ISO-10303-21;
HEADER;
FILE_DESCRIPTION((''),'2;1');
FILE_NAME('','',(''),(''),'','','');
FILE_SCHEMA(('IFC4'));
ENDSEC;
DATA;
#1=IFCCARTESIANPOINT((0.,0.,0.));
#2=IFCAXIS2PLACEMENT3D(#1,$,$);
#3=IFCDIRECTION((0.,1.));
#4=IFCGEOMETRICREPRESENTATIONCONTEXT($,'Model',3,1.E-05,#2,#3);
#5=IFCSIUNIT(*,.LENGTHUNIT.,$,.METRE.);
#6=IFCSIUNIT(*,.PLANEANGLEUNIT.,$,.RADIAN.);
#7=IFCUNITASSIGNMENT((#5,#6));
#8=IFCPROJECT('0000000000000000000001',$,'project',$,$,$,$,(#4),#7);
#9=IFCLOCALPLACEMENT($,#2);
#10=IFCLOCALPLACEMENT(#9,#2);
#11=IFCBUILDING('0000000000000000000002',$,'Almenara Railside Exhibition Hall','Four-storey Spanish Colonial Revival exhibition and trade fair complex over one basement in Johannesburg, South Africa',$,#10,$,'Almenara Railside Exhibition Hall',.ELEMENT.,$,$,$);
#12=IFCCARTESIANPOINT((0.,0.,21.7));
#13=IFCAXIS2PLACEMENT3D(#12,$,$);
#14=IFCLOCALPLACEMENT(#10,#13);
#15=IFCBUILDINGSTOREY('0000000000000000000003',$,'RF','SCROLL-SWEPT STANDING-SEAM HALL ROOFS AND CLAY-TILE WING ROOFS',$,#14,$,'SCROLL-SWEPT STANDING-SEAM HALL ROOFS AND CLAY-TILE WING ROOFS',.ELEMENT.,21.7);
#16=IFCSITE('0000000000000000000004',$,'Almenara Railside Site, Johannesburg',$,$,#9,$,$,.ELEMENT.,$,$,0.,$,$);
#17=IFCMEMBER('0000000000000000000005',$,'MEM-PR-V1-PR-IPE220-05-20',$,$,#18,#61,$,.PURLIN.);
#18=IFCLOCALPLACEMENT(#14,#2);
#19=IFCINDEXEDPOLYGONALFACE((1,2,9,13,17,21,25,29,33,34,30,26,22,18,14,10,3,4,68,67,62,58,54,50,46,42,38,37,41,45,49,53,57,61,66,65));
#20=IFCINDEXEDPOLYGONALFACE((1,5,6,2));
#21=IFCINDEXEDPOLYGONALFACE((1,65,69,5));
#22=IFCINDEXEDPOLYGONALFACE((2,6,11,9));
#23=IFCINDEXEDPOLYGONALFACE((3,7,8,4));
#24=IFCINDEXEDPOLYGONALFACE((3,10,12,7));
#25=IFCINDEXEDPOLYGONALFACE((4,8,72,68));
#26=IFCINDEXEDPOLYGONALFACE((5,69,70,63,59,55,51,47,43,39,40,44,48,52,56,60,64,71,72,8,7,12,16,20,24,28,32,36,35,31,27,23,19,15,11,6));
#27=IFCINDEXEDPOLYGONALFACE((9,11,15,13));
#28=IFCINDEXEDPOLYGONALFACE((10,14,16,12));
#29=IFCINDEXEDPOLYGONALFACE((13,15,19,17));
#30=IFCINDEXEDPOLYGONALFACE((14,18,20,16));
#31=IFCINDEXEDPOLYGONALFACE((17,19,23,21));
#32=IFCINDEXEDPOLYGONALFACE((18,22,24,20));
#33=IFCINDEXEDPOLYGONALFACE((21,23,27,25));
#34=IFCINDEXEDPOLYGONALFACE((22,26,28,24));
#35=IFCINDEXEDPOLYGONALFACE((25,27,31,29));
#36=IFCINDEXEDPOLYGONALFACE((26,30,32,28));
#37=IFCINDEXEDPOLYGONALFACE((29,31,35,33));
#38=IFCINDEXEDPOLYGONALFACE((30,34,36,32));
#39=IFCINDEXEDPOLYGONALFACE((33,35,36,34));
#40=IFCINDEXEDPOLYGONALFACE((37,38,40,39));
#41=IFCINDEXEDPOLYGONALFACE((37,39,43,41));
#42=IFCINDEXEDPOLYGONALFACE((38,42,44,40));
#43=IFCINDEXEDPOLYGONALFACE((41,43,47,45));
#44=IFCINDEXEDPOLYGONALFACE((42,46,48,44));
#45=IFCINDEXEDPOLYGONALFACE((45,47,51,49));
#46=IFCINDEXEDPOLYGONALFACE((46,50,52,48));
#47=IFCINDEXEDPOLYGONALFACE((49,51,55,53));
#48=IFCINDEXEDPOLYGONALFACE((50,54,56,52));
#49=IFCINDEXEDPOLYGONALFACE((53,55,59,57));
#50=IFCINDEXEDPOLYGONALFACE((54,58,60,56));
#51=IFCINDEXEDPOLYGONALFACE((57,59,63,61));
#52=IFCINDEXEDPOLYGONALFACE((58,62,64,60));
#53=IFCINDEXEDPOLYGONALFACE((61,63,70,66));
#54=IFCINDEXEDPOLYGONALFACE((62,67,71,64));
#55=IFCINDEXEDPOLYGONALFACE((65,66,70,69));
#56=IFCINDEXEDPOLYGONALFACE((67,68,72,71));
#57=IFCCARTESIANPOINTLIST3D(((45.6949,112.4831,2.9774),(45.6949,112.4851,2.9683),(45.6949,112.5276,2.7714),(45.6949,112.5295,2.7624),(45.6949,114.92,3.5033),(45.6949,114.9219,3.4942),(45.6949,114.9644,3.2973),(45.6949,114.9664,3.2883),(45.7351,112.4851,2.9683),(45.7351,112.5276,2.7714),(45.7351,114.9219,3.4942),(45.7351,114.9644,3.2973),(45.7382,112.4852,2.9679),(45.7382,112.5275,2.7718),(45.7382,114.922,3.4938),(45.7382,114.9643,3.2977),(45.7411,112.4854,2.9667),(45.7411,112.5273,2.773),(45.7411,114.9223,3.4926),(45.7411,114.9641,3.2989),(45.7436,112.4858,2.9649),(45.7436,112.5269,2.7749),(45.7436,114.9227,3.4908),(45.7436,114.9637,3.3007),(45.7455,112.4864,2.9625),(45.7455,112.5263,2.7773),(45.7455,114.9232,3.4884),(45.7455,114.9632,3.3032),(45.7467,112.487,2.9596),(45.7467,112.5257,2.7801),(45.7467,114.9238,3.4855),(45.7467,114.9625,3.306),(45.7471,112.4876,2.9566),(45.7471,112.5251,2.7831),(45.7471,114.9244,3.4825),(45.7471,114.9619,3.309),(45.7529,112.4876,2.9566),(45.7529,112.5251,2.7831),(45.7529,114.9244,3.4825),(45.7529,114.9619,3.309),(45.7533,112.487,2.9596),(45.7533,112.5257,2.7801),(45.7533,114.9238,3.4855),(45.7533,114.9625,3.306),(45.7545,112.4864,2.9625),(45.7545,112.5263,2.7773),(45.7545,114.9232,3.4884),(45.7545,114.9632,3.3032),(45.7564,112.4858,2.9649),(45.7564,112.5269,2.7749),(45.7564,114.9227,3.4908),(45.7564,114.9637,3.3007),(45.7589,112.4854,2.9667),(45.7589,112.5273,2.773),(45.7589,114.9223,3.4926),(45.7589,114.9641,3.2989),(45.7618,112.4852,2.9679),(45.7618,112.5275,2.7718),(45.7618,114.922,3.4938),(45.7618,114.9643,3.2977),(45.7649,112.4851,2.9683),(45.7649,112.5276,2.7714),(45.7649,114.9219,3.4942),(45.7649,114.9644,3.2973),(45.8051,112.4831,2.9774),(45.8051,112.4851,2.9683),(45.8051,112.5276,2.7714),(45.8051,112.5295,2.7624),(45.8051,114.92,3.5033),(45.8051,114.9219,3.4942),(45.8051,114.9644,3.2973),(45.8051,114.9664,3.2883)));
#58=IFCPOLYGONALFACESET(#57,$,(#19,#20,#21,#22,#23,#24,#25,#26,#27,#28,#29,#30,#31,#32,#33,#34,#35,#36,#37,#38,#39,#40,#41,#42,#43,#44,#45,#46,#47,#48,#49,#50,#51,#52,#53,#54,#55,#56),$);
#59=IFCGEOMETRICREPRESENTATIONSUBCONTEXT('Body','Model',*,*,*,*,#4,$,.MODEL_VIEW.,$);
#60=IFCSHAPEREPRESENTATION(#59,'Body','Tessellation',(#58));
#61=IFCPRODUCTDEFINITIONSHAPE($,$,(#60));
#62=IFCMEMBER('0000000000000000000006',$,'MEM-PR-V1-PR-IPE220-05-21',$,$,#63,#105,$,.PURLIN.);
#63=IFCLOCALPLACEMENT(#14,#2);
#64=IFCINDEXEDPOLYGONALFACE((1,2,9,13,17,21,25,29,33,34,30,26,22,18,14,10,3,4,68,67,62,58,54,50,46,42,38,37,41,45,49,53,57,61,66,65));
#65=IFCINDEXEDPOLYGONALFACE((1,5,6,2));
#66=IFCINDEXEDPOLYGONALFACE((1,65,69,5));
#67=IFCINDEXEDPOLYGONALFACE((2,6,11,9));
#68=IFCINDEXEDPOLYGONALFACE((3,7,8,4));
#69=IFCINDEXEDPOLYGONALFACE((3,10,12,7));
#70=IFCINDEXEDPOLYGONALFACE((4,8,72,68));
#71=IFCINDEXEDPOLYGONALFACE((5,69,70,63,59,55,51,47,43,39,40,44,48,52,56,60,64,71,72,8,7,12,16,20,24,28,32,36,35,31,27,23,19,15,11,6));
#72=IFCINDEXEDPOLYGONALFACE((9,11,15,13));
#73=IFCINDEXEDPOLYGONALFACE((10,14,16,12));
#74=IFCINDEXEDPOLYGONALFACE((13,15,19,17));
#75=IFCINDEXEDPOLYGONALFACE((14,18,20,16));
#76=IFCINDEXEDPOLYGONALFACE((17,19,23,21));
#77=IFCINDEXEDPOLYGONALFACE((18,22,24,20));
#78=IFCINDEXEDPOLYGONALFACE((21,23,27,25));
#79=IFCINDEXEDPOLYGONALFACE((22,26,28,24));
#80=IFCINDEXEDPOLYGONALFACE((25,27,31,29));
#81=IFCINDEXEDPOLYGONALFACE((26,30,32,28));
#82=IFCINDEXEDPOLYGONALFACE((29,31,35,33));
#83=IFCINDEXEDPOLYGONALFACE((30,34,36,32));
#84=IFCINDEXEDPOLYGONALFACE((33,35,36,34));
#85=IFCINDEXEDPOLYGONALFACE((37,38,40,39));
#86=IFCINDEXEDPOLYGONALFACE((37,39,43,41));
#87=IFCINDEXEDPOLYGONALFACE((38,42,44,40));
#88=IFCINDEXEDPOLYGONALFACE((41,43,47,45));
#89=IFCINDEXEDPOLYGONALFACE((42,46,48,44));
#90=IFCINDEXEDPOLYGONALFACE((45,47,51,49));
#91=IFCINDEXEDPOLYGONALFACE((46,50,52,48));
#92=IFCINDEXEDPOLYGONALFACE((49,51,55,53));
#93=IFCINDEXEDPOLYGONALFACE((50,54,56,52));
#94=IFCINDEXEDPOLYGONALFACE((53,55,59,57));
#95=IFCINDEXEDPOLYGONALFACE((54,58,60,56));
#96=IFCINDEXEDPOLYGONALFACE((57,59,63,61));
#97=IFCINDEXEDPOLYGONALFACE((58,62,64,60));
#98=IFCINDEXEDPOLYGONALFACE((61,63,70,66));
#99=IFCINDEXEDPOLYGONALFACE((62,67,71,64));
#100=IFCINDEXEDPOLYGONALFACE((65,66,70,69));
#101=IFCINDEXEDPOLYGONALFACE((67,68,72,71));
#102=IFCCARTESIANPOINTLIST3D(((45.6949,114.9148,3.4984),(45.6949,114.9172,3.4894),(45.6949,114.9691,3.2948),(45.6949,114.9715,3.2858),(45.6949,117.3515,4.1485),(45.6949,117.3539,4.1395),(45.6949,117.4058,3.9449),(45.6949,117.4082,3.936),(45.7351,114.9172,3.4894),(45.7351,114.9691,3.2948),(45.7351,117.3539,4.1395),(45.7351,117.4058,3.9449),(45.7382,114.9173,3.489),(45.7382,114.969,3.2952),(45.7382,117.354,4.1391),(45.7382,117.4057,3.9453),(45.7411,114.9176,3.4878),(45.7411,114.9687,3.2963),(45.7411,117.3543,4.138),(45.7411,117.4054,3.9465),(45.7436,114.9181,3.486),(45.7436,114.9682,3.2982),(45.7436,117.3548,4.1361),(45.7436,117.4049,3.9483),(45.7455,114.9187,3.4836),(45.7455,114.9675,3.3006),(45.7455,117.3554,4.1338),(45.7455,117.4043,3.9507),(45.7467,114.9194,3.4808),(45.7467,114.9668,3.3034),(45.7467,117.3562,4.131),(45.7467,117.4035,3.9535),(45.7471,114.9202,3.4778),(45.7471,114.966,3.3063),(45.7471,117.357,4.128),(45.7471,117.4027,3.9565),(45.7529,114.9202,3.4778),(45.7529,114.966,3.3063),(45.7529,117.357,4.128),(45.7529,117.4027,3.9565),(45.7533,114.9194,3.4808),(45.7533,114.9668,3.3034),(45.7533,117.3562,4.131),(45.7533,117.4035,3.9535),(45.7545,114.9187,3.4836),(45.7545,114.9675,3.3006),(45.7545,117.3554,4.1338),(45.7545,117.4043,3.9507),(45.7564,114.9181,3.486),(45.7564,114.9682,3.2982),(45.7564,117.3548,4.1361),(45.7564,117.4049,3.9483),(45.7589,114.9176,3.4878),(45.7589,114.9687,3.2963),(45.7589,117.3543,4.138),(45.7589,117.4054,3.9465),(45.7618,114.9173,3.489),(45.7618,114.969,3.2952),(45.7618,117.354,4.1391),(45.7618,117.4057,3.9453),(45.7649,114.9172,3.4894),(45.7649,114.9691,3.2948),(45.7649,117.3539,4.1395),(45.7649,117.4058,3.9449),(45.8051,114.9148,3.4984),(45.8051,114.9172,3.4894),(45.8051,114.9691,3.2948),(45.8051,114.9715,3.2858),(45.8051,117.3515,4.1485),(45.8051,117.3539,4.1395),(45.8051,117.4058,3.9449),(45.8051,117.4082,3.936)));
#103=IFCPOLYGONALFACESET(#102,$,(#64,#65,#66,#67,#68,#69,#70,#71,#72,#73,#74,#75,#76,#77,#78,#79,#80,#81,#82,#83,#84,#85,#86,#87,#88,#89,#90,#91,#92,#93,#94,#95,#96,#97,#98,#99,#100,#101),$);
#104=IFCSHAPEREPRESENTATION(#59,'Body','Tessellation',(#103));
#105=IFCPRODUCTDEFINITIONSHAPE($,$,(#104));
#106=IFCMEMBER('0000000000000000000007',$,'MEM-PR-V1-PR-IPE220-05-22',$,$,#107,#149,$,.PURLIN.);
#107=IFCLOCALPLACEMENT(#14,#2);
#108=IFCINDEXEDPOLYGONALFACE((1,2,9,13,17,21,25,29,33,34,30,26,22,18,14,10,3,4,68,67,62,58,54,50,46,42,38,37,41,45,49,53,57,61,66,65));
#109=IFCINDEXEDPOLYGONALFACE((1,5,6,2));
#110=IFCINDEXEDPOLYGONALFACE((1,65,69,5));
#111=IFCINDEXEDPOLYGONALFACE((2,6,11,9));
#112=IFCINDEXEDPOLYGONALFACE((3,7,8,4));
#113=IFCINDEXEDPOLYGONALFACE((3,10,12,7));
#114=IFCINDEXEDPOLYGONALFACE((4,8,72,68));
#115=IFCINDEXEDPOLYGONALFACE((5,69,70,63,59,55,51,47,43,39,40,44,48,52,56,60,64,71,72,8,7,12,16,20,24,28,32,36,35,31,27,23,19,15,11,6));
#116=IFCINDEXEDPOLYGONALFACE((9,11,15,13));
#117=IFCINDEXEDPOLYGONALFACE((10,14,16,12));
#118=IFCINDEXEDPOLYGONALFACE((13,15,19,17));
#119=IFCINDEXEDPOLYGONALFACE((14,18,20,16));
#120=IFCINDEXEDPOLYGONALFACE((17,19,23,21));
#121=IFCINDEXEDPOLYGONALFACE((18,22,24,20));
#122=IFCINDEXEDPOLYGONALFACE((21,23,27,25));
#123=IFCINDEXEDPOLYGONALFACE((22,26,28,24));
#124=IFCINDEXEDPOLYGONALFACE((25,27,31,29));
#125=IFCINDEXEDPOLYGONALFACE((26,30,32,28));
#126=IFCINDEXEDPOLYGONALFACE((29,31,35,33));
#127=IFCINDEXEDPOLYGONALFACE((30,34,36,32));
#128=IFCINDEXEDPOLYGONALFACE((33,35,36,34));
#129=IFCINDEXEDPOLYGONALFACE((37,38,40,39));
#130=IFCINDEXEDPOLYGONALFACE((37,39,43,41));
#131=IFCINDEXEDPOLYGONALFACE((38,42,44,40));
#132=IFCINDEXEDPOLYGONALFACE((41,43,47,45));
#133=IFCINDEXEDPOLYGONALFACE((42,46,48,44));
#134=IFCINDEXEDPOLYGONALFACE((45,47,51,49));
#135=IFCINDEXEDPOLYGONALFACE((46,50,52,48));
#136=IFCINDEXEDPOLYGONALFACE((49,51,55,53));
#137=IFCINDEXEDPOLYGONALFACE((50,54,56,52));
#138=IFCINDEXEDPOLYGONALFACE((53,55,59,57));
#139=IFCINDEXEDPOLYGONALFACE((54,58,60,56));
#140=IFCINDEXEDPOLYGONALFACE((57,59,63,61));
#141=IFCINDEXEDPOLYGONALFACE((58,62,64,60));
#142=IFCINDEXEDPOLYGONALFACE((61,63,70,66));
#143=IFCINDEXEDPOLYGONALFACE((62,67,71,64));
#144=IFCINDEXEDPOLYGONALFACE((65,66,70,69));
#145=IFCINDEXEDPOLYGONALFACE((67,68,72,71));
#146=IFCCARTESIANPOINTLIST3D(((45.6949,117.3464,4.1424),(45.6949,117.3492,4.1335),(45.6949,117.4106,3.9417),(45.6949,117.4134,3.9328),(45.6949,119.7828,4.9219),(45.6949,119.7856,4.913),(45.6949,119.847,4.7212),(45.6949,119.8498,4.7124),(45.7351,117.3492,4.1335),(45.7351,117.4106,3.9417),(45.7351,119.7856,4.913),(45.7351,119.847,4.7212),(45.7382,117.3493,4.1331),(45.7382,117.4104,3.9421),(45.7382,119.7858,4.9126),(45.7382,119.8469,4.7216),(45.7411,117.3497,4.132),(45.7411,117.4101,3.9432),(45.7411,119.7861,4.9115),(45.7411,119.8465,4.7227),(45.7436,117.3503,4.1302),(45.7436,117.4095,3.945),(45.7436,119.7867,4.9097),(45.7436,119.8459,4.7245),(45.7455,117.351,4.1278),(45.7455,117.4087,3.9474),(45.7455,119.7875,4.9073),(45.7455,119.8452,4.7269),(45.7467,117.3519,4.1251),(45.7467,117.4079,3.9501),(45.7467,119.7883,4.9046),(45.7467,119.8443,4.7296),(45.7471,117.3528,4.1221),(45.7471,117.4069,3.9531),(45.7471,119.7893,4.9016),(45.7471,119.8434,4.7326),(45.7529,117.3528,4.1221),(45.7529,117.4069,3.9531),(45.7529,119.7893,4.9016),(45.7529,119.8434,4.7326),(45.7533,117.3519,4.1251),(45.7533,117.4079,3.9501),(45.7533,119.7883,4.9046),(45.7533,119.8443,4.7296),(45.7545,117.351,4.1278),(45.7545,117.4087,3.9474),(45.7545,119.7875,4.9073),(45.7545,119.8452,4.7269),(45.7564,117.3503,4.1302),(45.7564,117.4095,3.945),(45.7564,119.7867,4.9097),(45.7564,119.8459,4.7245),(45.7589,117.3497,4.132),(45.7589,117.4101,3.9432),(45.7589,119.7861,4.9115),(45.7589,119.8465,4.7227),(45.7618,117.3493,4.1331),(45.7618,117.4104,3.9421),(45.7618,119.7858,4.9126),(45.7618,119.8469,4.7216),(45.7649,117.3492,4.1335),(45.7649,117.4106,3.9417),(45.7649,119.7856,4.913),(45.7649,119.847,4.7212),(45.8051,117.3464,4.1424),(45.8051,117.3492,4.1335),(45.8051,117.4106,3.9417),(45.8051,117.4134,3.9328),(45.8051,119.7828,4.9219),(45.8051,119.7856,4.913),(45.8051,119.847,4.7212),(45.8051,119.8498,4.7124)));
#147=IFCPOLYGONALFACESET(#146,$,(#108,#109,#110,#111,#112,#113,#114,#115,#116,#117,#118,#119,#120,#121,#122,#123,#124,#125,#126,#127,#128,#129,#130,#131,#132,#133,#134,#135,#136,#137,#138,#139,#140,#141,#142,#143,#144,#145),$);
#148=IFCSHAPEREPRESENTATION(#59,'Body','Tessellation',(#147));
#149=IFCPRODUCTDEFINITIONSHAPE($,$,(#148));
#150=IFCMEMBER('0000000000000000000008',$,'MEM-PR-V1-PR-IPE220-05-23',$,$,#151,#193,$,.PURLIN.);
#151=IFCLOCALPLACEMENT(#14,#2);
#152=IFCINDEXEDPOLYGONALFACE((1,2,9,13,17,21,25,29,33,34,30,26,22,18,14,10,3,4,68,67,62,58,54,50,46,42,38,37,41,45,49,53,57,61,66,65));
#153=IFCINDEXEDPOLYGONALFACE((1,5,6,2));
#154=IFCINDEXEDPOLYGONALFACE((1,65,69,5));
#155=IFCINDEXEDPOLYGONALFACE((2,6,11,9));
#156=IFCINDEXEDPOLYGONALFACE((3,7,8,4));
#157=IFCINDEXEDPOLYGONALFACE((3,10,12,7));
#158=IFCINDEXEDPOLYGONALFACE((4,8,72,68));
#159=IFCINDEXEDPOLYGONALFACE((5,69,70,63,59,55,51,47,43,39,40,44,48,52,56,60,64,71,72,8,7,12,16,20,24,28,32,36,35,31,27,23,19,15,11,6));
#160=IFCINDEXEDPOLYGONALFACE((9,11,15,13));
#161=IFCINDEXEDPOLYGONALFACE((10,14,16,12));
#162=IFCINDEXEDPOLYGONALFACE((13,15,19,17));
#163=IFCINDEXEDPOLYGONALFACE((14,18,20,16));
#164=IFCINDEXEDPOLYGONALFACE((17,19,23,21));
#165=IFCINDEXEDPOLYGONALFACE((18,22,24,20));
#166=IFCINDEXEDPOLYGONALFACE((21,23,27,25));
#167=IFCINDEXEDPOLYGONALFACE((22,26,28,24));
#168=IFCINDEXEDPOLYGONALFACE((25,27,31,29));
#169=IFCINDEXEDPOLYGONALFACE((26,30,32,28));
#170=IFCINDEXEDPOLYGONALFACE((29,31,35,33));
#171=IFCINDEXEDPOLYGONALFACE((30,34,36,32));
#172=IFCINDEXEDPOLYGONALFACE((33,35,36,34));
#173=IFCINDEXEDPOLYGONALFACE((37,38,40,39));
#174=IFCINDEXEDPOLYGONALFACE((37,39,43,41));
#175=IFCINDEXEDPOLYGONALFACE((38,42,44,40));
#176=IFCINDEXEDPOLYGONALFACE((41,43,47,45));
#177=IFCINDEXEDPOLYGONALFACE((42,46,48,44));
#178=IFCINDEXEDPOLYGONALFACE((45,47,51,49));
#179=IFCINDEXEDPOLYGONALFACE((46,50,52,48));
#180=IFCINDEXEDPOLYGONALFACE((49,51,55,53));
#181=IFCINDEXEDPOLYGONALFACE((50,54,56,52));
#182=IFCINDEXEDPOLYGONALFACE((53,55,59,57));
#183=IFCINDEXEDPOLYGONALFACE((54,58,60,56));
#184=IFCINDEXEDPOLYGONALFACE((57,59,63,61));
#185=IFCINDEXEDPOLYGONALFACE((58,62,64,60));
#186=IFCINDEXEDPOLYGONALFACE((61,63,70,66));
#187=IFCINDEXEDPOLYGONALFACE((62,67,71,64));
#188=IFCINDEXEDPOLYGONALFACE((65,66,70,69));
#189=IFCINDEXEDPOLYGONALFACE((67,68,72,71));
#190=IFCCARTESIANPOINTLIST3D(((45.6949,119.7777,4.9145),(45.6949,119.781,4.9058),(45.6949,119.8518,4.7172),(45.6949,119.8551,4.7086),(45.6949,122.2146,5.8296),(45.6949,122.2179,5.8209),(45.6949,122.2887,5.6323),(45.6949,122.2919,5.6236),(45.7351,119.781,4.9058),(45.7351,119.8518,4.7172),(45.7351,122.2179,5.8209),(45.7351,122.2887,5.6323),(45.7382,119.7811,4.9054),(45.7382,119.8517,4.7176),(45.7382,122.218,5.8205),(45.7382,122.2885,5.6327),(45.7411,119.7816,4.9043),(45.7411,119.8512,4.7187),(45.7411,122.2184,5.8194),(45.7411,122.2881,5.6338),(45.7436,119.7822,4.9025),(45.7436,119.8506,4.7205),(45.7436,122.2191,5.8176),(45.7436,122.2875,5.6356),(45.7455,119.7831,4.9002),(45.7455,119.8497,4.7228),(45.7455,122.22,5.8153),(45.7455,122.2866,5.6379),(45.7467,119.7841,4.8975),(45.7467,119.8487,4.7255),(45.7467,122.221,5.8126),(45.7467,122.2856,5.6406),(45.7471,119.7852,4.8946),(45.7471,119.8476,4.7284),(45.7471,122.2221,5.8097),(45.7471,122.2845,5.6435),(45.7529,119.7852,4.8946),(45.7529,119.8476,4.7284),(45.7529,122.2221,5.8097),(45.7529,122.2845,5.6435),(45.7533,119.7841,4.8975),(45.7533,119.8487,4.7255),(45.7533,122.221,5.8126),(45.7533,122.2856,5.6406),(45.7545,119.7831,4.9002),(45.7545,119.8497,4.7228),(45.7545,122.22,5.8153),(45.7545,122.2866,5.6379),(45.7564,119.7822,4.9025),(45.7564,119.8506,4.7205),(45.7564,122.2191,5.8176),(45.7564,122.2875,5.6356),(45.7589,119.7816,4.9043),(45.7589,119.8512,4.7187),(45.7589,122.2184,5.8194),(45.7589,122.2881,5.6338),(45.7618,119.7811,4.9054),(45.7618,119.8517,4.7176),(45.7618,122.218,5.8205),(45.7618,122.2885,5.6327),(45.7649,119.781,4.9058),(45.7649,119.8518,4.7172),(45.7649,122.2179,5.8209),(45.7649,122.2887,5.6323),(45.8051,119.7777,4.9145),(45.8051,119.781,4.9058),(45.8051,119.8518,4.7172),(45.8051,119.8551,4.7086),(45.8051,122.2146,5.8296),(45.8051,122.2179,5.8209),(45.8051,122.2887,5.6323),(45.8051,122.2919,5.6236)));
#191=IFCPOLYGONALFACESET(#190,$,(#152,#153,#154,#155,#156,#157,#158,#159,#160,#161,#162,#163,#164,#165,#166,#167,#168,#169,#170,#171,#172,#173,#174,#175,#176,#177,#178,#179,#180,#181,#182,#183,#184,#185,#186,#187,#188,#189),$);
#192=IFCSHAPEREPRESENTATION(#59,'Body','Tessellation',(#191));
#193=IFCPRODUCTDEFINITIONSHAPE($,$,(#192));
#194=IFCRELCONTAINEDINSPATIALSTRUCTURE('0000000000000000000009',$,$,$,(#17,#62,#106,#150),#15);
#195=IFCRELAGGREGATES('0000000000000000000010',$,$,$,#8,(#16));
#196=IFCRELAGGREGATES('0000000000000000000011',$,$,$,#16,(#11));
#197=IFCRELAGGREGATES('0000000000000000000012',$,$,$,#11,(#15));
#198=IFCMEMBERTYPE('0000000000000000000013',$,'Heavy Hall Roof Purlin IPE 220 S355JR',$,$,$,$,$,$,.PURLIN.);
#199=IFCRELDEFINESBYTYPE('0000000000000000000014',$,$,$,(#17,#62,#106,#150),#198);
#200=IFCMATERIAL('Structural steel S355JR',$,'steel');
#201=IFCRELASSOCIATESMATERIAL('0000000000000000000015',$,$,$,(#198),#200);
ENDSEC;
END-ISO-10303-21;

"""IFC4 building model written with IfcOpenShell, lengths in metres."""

from ifc_helpers import new_model, si_unit, direction, frame, origin, origin_2d, place, context, subcontext, project, spatial, i_section, extrude, material, material_profile, profile_set, type_object, element, save


model = new_model("IFC4")

# Units and contexts
model_context = context("Model", 3, precision=1e-05, world=origin(), true_north=direction((0.0, 1.0)))
body_context = subcontext(model_context, "Body", "Model", "MODEL_VIEW")
ifc_project = project(units=[si_unit("LENGTHUNIT", "METRE"), si_unit("PLANEANGLEUNIT", "RADIAN")], contexts=[model_context])

# Site, building, storey
site_placement = place(None, origin())
site = spatial("IfcSite", under=ifc_project, at=site_placement, Name="Almenara Railside Site, Johannesburg", CompositionType="ELEMENT", RefElevation=0.0)
building_placement = place(site_placement, origin())
building = spatial("IfcBuilding", under=site, at=building_placement, Name="Almenara Railside Exhibition Hall", Description="Four-storey Spanish Colonial Revival exhibition and trade fair complex over one basement in Johannesburg, South Africa", LongName="Almenara Railside Exhibition Hall", CompositionType="ELEMENT")
storey_placement = place(building_placement, frame((0.0, 0.0, 21.7)))
storey = spatial("IfcBuildingStorey", under=building, at=storey_placement, Name="RF", Description="SCROLL-SWEPT STANDING-SEAM HALL ROOFS AND CLAY-TILE WING ROOFS", LongName="SCROLL-SWEPT STANDING-SEAM HALL ROOFS AND CLAY-TILE WING ROOFS", CompositionType="ELEMENT", Elevation=21.7)

# Members
ifc_material_1 = material(Name="Structural steel S355JR", Category="steel")
ifc_material_profile_1 = material_profile(ifc_material_1, i_section(OverallWidth=0.1101, OverallDepth=0.22, WebThickness=0.0059, FlangeThickness=0.0093, FilletRadius=0.012, at=origin_2d()), Name="IPE 220")
ifc_profile_set_1 = profile_set([ifc_material_profile_1], Name="Structural steel S355JR")
member_type_1 = type_object("IfcMemberType", Name="Heavy Hall Roof Purlin IPE 220 S355JR", PredefinedType="PURLIN", material=ifc_profile_set_1)
member_1_placement = place(storey_placement, frame((45.75, 112.5063, 2.8699), z_axis=(0.0, 0.977496, 0.210953), x_axis=(-1.0, 0.0, 0.0)))
element("IfcMember", 1, at=member_1_placement, inside=storey, type_object=member_type_1, Name="MEM-PR-V1-PR-IPE220-05-20", PredefinedType="PURLIN", context=body_context, shape_type="SweptSolid", body=[
    extrude(i_section(OverallWidth=0.1101, OverallDepth=0.22, WebThickness=0.0059, FlangeThickness=0.0093, FilletRadius=0.012, at=origin_2d()), origin(), (0.0, 0.0, 1.0), 2.4929),
])
member_2_placement = place(storey_placement, frame((45.75, 114.9431, 3.3921), z_axis=(0.0, 0.966201, 0.257789), x_axis=(-1.0, 0.0, 0.0)))
element("IfcMember", 2, at=member_2_placement, inside=storey, type_object=member_type_1, Name="MEM-PR-V1-PR-IPE220-05-21", PredefinedType="PURLIN", context=body_context, shape_type="SweptSolid", body=[
    extrude(i_section(OverallWidth=0.1101, OverallDepth=0.22, WebThickness=0.0059, FlangeThickness=0.0093, FilletRadius=0.012, at=origin_2d()), origin(), (0.0, 0.0, 1.0), 2.522),
])
member_3_placement = place(storey_placement, frame((45.75, 117.3799, 4.0376), z_axis=(0.0, 0.952441, 0.304724), x_axis=(-1.0, 0.0, 0.0)))
element("IfcMember", 3, at=member_3_placement, inside=storey, type_object=member_type_1, Name="MEM-PR-V1-PR-IPE220-05-22", PredefinedType="PURLIN", context=body_context, shape_type="SweptSolid", body=[
    extrude(i_section(OverallWidth=0.1101, OverallDepth=0.22, WebThickness=0.0059, FlangeThickness=0.0093, FilletRadius=0.012, at=origin_2d()), origin(), (0.0, 0.0, 1.0), 2.5581),
])
member_4_placement = place(storey_placement, frame((45.75, 119.8164, 4.8115), z_axis=(0.0, 0.936171, 0.351545), x_axis=(-1.0, 0.0, 0.0)))
element("IfcMember", 4, at=member_4_placement, inside=storey, type_object=member_type_1, Name="MEM-PR-V1-PR-IPE220-05-23", PredefinedType="PURLIN", context=body_context, shape_type="SweptSolid", body=[
    extrude(i_section(OverallWidth=0.1101, OverallDepth=0.22, WebThickness=0.0059, FlangeThickness=0.0093, FilletRadius=0.012, at=origin_2d()), origin(), (0.0, 0.0, 1.0), 2.603),
])

save(model, "model.ifc")
